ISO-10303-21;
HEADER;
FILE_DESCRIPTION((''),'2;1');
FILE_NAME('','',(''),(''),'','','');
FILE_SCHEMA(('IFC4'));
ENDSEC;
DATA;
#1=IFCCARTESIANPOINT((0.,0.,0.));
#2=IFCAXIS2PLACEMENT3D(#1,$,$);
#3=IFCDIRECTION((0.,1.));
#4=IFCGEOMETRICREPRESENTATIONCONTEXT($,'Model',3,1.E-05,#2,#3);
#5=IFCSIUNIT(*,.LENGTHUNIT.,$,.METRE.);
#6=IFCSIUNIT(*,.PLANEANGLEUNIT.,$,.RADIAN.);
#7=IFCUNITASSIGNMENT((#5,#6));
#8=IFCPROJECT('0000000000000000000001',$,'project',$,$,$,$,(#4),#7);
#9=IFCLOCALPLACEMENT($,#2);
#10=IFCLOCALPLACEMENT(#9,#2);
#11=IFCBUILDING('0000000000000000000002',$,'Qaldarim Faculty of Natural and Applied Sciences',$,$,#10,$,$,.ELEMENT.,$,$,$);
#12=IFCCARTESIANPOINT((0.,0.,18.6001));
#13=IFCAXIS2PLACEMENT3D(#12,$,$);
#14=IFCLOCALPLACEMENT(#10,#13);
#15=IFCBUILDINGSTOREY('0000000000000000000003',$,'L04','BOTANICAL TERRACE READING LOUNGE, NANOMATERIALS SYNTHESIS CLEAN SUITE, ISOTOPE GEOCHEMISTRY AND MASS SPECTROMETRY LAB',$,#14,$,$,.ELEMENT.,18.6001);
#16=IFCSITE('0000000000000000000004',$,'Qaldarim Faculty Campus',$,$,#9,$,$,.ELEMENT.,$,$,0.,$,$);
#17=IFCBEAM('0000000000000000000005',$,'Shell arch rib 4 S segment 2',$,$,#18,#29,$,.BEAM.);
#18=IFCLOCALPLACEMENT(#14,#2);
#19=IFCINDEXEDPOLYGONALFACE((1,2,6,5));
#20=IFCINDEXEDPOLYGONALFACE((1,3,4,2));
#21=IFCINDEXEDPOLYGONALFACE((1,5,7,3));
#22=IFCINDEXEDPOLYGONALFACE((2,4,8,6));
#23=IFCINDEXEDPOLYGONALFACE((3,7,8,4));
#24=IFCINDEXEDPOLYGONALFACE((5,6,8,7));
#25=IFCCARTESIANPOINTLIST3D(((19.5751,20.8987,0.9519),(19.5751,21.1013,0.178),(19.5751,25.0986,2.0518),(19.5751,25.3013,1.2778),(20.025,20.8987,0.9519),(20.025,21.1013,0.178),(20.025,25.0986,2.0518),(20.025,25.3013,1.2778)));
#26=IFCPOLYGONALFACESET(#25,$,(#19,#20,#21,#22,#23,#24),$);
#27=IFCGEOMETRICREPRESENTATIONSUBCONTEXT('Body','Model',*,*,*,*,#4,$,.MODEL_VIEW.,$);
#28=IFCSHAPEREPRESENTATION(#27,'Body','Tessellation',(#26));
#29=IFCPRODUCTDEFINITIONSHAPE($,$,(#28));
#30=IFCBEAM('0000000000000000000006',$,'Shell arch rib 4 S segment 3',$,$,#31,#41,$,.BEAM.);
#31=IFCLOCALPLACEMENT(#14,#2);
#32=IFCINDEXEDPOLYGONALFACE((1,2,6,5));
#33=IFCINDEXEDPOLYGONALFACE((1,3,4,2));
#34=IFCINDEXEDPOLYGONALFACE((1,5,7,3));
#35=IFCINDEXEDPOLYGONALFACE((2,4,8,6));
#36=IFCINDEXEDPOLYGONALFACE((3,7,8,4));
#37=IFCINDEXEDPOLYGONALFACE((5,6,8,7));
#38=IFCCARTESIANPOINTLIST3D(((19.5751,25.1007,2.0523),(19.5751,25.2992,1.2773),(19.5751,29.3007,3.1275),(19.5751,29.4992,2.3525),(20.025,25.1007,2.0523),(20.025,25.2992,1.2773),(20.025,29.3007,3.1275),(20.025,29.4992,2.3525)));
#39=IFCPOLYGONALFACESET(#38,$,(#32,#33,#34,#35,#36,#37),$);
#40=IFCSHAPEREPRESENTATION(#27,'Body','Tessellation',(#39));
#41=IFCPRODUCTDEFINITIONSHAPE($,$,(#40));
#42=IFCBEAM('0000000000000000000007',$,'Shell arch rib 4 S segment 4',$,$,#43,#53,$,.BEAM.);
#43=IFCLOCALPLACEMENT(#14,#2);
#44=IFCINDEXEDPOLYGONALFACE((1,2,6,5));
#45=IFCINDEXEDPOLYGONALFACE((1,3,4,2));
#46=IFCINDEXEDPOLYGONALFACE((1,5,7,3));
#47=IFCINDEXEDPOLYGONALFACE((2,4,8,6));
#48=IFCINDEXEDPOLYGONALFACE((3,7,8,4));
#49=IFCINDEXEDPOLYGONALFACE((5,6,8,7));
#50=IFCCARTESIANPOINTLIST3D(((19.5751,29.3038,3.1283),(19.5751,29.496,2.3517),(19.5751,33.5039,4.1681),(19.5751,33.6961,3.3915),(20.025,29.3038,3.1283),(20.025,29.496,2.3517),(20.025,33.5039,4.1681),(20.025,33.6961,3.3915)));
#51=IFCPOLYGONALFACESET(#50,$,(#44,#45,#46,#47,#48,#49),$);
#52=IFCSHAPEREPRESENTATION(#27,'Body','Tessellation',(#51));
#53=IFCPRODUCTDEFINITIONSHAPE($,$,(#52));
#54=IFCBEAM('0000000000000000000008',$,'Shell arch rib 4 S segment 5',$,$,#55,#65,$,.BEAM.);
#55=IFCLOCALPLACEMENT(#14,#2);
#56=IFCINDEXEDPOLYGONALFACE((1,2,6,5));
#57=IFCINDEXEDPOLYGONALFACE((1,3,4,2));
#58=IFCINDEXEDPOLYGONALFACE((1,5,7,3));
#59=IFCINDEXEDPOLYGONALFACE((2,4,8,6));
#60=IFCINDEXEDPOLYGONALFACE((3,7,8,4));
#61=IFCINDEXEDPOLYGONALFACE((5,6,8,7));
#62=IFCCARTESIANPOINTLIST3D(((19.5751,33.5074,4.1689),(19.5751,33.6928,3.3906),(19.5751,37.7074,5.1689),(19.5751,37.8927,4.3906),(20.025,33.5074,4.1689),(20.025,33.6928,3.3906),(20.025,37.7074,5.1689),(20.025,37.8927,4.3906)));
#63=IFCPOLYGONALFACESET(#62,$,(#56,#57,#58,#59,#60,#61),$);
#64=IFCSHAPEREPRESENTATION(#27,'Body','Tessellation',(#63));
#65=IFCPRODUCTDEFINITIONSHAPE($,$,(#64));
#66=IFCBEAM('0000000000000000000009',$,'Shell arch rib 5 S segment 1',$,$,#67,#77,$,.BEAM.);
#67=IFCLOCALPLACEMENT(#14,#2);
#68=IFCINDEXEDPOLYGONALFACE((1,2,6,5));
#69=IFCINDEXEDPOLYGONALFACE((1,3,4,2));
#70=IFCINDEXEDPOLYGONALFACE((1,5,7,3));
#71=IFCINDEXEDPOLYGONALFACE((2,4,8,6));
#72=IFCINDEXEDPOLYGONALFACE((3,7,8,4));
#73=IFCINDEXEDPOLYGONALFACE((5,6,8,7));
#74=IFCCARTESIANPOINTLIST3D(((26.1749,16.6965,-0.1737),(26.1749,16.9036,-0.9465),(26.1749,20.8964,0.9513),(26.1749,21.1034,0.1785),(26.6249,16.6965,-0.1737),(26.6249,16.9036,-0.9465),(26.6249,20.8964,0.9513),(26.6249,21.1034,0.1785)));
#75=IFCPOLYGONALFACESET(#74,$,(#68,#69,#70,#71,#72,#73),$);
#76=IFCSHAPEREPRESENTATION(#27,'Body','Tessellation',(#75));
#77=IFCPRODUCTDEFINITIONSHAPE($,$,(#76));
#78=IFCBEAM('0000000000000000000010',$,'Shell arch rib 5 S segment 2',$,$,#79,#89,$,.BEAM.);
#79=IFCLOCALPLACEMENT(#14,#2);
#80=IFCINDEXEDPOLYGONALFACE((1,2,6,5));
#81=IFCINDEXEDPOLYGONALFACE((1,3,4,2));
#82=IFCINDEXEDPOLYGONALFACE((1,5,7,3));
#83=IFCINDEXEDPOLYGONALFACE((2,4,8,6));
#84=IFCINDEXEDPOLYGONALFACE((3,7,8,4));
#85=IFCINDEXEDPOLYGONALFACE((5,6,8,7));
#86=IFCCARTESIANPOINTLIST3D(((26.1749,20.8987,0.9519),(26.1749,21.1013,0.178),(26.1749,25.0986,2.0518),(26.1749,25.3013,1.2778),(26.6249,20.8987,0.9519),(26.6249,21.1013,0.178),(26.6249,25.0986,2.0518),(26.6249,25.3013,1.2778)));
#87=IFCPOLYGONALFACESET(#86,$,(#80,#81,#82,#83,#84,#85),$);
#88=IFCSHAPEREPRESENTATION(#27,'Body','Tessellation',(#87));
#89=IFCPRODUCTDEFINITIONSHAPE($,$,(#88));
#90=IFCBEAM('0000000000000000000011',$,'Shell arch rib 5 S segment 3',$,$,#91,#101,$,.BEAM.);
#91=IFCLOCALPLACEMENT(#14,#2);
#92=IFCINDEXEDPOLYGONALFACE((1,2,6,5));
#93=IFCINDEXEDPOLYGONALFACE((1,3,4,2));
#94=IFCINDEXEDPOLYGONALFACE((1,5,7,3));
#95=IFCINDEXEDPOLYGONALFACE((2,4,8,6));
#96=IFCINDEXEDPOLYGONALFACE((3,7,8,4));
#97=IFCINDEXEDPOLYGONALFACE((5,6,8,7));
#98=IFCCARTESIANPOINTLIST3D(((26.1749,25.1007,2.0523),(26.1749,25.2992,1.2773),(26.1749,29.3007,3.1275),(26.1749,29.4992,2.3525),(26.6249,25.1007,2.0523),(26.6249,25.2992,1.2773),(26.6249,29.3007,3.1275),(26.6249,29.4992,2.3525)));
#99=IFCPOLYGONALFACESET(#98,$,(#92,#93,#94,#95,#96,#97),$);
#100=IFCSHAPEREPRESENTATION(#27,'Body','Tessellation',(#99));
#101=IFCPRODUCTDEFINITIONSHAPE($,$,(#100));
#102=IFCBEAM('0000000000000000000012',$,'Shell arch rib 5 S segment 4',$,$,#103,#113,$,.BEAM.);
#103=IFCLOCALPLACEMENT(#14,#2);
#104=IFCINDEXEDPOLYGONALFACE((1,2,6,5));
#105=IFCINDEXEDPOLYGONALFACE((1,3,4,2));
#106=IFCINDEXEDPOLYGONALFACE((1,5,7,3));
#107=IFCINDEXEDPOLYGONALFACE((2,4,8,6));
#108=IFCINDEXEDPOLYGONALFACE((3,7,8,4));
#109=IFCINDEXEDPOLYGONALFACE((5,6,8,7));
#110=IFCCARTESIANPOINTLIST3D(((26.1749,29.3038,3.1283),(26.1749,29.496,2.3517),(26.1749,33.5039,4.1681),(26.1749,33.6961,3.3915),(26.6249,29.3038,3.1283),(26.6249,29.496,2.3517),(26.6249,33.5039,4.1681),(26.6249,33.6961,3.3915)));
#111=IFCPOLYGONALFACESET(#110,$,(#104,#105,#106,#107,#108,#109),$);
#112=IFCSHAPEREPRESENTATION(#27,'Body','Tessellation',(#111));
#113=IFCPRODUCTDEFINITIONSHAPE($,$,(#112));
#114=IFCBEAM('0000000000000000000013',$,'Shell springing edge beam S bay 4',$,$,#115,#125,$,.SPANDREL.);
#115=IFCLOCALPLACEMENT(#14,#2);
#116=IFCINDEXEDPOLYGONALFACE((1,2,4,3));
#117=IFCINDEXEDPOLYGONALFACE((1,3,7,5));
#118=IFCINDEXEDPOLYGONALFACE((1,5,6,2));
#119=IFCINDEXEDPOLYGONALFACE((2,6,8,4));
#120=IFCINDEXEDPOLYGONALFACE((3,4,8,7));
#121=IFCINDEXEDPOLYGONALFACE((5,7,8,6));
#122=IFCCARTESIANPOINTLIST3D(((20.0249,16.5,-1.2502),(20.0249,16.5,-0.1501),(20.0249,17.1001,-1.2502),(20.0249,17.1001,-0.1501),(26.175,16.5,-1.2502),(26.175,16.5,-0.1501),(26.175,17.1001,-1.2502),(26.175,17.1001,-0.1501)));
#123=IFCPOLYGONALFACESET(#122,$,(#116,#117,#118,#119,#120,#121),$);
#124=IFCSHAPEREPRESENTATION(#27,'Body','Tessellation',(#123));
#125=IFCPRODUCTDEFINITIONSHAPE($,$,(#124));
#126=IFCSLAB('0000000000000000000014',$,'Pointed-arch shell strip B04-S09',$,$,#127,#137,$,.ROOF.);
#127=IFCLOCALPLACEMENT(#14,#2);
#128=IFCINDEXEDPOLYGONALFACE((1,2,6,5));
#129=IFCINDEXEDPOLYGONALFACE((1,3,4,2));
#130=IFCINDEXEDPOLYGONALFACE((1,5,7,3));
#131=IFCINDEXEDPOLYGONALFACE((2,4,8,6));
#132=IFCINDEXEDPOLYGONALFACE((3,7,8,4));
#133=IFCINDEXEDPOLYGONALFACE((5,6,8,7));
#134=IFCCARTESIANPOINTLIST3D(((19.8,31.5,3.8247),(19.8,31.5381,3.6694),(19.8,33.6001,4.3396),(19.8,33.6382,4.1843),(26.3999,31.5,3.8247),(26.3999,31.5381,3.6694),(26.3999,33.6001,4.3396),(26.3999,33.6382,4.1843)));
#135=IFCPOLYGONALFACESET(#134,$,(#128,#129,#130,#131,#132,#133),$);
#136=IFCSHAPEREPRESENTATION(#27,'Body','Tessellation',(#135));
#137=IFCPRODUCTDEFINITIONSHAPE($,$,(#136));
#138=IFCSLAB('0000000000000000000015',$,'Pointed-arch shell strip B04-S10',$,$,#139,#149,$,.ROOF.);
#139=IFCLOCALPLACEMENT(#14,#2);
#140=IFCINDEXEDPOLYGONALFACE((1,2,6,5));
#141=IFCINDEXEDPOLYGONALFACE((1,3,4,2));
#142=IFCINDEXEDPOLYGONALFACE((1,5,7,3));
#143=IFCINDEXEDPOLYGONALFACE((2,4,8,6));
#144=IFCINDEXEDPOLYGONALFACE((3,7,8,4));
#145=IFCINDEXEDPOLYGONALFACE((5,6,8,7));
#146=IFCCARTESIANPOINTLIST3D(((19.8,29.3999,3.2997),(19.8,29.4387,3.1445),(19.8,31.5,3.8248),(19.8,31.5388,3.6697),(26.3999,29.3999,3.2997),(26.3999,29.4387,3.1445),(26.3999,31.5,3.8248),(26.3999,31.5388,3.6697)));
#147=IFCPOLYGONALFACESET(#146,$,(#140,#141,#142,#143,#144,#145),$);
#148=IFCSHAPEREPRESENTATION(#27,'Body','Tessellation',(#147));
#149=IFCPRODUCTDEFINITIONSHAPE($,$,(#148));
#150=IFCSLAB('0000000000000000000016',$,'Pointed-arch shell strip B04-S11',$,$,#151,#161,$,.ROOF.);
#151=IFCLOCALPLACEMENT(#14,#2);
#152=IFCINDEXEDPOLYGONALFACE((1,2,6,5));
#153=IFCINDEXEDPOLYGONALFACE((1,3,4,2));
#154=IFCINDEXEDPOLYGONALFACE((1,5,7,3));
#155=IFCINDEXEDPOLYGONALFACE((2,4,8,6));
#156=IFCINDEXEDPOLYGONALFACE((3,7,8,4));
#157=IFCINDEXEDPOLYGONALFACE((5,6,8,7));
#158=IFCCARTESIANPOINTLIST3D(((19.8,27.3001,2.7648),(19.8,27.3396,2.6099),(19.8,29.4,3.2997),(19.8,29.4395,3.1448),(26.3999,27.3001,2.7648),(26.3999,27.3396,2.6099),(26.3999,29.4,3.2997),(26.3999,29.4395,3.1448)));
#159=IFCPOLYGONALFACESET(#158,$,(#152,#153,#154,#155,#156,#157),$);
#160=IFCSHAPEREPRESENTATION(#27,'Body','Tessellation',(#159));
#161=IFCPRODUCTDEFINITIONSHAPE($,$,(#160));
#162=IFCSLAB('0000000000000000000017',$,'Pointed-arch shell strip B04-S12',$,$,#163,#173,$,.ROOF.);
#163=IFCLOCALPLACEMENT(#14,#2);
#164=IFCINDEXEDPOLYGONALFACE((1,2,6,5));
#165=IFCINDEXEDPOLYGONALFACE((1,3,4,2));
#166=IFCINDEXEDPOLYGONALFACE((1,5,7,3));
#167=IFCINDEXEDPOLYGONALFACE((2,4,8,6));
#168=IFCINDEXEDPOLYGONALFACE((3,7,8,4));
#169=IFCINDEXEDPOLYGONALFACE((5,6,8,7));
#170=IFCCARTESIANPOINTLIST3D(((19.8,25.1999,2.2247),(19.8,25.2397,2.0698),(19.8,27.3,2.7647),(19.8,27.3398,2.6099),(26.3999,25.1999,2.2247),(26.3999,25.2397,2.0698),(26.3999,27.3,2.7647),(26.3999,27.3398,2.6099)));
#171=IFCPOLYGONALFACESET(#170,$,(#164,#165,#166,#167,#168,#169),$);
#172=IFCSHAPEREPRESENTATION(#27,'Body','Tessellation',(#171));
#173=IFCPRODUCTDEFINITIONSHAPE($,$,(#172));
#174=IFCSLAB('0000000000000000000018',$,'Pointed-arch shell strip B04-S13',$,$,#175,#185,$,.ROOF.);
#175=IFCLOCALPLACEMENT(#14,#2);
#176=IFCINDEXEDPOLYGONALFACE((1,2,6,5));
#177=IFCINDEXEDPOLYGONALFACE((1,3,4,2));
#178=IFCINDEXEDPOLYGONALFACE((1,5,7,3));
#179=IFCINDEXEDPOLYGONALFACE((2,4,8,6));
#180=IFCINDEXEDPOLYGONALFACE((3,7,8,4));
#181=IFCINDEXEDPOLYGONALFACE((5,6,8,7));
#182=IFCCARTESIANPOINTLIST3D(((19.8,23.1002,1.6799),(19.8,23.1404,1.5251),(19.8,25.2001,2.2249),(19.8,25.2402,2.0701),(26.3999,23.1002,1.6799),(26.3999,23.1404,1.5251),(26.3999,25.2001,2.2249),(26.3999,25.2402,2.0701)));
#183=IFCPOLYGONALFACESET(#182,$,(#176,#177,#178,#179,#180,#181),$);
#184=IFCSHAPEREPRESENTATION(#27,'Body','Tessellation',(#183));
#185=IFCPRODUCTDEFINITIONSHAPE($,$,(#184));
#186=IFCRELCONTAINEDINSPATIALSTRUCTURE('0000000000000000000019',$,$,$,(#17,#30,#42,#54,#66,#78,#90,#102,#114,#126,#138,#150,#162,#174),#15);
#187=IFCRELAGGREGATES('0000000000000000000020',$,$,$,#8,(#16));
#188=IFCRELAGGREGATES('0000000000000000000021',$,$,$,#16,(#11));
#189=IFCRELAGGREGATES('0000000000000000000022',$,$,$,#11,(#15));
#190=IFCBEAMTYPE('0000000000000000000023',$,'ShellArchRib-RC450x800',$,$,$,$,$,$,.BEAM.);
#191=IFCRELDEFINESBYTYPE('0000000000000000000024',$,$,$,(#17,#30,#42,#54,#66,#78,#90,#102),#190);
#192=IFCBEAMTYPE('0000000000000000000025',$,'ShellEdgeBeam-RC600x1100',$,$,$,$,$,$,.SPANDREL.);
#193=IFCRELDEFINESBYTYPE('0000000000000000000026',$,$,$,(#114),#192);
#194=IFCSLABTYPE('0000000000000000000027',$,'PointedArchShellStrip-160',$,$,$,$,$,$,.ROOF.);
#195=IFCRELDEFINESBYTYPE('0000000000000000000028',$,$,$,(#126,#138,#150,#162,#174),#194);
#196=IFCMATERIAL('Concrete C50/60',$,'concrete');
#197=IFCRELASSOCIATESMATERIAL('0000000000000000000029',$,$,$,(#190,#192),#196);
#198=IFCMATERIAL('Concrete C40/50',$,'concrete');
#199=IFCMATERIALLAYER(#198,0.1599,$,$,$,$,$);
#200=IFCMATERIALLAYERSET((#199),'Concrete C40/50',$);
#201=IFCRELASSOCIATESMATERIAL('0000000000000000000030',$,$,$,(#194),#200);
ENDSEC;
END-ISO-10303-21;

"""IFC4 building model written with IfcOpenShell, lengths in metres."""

from ifc_helpers import new_model, si_unit, direction, frame, origin, origin_2d, place, context, subcontext, project, spatial, polyline, rectangle, outline, extrude, material, layer, layer_set, material_profile, profile_set, type_object, element, save


model = new_model("IFC4")

# Units and contexts
model_context = context("Model", 3, precision=1e-05, world=origin(), true_north=direction((0.0, 1.0)))
body_context = subcontext(model_context, "Body", "Model", "MODEL_VIEW")
ifc_project = project(units=[si_unit("LENGTHUNIT", "METRE"), si_unit("PLANEANGLEUNIT", "RADIAN")], contexts=[model_context])

# Site, building, storey
site_placement = place(None, origin())
site = spatial("IfcSite", under=ifc_project, at=site_placement, Name="Qaldarim Faculty Campus", CompositionType="ELEMENT", RefElevation=0.0)
building_placement = place(site_placement, origin())
building = spatial("IfcBuilding", under=site, at=building_placement, Name="Qaldarim Faculty of Natural and Applied Sciences", CompositionType="ELEMENT")
storey_placement = place(building_placement, frame((0.0, 0.0, 18.6001)))
storey = spatial("IfcBuildingStorey", under=building, at=storey_placement, Name="L04", Description="BOTANICAL TERRACE READING LOUNGE, NANOMATERIALS SYNTHESIS CLEAN SUITE, ISOTOPE GEOCHEMISTRY AND MASS SPECTROMETRY LAB", CompositionType="ELEMENT", Elevation=18.6001)

# Beams
ifc_material_1 = material(Name="Concrete C50/60", Category="concrete")
ifc_material_profile_1 = material_profile(ifc_material_1, rectangle(XDim=0.45, YDim=0.8, at=origin_2d()), Name="RC-RIB450x800")
ifc_profile_set_1 = profile_set([ifc_material_profile_1], Name="Concrete C50/60")
beam_type_1 = type_object("IfcBeamType", Name="ShellArchRib-RC450x800", PredefinedType="BEAM", material=ifc_profile_set_1)
beam_1_placement = place(storey_placement, frame((19.8, 21.0, 0.5649), z_axis=(0.0, 0.96738, 0.253331), x_axis=(-1.0, 0.0, 0.0)))
element("IfcBeam", 1, at=beam_1_placement, inside=storey, type_object=beam_type_1, Name="Shell arch rib 4 S segment 2", PredefinedType="BEAM", context=body_context, shape_type="SweptSolid", body=[
    extrude(rectangle(XDim=0.45, YDim=0.8, at=origin_2d()), origin(), (0.0, 0.0, 1.0), 4.3416),
])
beam_2_placement = place(storey_placement, frame((19.8, 25.2, 1.6648), z_axis=(0.0, 0.968759, 0.248004), x_axis=(-1.0, 0.0, 0.0)))
element("IfcBeam", 2, at=beam_2_placement, inside=storey, type_object=beam_type_1, Name="Shell arch rib 4 S segment 3", PredefinedType="BEAM", context=body_context, shape_type="SweptSolid", body=[
    extrude(rectangle(XDim=0.45, YDim=0.8, at=origin_2d()), origin(), (0.0, 0.0, 1.0), 4.3354),
])
beam_3_placement = place(storey_placement, frame((19.8, 29.3999, 2.74), z_axis=(0.0, 0.970698, 0.240305), x_axis=(-1.0, 0.0, 0.0)))
element("IfcBeam", 3, at=beam_3_placement, inside=storey, type_object=beam_type_1, Name="Shell arch rib 4 S segment 4", PredefinedType="BEAM", context=body_context, shape_type="SweptSolid", body=[
    extrude(rectangle(XDim=0.45, YDim=0.8, at=origin_2d()), origin(), (0.0, 0.0, 1.0), 4.3269),
])
beam_4_placement = place(storey_placement, frame((19.8, 33.6001, 3.7798), z_axis=(0.0, 0.972806, 0.231623), x_axis=(-1.0, 0.0, 0.0)))
element("IfcBeam", 4, at=beam_4_placement, inside=storey, type_object=beam_type_1, Name="Shell arch rib 4 S segment 5", PredefinedType="BEAM", context=body_context, shape_type="SweptSolid", body=[
    extrude(rectangle(XDim=0.45, YDim=0.8, at=origin_2d()), origin(), (0.0, 0.0, 1.0), 4.3174),
])
beam_5_placement = place(storey_placement, frame((26.3999, 16.8, -0.5601), z_axis=(0.0, 0.965947, 0.258739), x_axis=(-1.0, 0.0, 0.0)))
element("IfcBeam", 5, at=beam_5_placement, inside=storey, type_object=beam_type_1, Name="Shell arch rib 5 S segment 1", PredefinedType="BEAM", context=body_context, shape_type="SweptSolid", body=[
    extrude(rectangle(XDim=0.45, YDim=0.8, at=origin_2d()), origin(), (0.0, 0.0, 1.0), 4.3479),
])
beam_6_placement = place(storey_placement, frame((26.3999, 21.0, 0.5649), z_axis=(0.0, 0.96738, 0.253331), x_axis=(-1.0, 0.0, 0.0)))
element("IfcBeam", 6, at=beam_6_placement, inside=storey, type_object=beam_type_1, Name="Shell arch rib 5 S segment 2", PredefinedType="BEAM", context=body_context, shape_type="SweptSolid", body=[
    extrude(rectangle(XDim=0.45, YDim=0.8, at=origin_2d()), origin(), (0.0, 0.0, 1.0), 4.3416),
])
beam_7_placement = place(storey_placement, frame((26.3999, 25.2, 1.6648), z_axis=(0.0, 0.968759, 0.248004), x_axis=(-1.0, 0.0, 0.0)))
element("IfcBeam", 7, at=beam_7_placement, inside=storey, type_object=beam_type_1, Name="Shell arch rib 5 S segment 3", PredefinedType="BEAM", context=body_context, shape_type="SweptSolid", body=[
    extrude(rectangle(XDim=0.45, YDim=0.8, at=origin_2d()), origin(), (0.0, 0.0, 1.0), 4.3354),
])
beam_8_placement = place(storey_placement, frame((26.3999, 29.3999, 2.74), z_axis=(0.0, 0.970698, 0.240305), x_axis=(-1.0, 0.0, 0.0)))
element("IfcBeam", 8, at=beam_8_placement, inside=storey, type_object=beam_type_1, Name="Shell arch rib 5 S segment 4", PredefinedType="BEAM", context=body_context, shape_type="SweptSolid", body=[
    extrude(rectangle(XDim=0.45, YDim=0.8, at=origin_2d()), origin(), (0.0, 0.0, 1.0), 4.3269),
])
ifc_material_profile_2 = material_profile(ifc_material_1, rectangle(XDim=0.6001, YDim=1.1001, at=origin_2d()), Name="RC-EB600x1100")
ifc_profile_set_2 = profile_set([ifc_material_profile_2], Name="Concrete C50/60")
beam_type_2 = type_object("IfcBeamType", Name="ShellEdgeBeam-RC600x1100", PredefinedType="SPANDREL", material=ifc_profile_set_2)
beam_9_placement = place(storey_placement, frame((20.0249, 16.8, -0.7002), z_axis=(1.0, 0.0, 0.0), x_axis=(0.0, 1.0, 0.0)))
element("IfcBeam", 9, at=beam_9_placement, inside=storey, type_object=beam_type_2, Name="Shell springing edge beam S bay 4", PredefinedType="SPANDREL", context=body_context, shape_type="SweptSolid", body=[
    extrude(rectangle(XDim=0.6001, YDim=1.1001, at=origin_2d()), origin(), (0.0, 0.0, 1.0), 6.1501),
])

# Slabs
ifc_material_2 = material(Name="Concrete C40/50", Category="concrete")
ifc_layer = layer(ifc_material_2, 0.1599)
ifc_layer_set = layer_set([ifc_layer], Name="Concrete C40/50")
slab_type = type_object("IfcSlabType", Name="PointedArchShellStrip-160", PredefinedType="ROOF", material=ifc_layer_set)
slab_1_placement = place(storey_placement, frame((19.8, 31.5381, 3.6694), z_axis=(0.0, -0.238123, 0.971235), x_axis=(1.0, 0.0, 0.0)))
element("IfcSlab", 10, at=slab_1_placement, inside=storey, type_object=slab_type, Name="Pointed-arch shell strip B04-S09", PredefinedType="ROOF", context=body_context, shape_type="SweptSolid", body=[
    extrude(outline(polyline([(0.0, 0.0), (6.5999, 0.0), (6.5999, 2.1623), (0.0, 2.1623), (0.0, 0.0)])), origin(), (0.0, 0.0, 1.0), 0.1599),
])
slab_2_placement = place(storey_placement, frame((19.8, 29.4387, 3.1445), z_axis=(0.0, -0.242589, 0.970129), x_axis=(1.0, 0.0, 0.0)))
element("IfcSlab", 11, at=slab_2_placement, inside=storey, type_object=slab_type, Name="Pointed-arch shell strip B04-S10", PredefinedType="ROOF", context=body_context, shape_type="SweptSolid", body=[
    extrude(outline(polyline([(0.0, 0.0), (6.5999, 0.0), (6.5999, 2.1648), (0.0, 2.1648), (0.0, 0.0)])), origin(), (0.0, 0.0, 1.0), 0.1599),
])
slab_3_placement = place(storey_placement, frame((19.8, 27.3396, 2.6099), z_axis=(0.0, -0.246854, 0.969053), x_axis=(1.0, 0.0, 0.0)))
element("IfcSlab", 12, at=slab_3_placement, inside=storey, type_object=slab_type, Name="Pointed-arch shell strip B04-S11", PredefinedType="ROOF", context=body_context, shape_type="SweptSolid", body=[
    extrude(outline(polyline([(0.0, 0.0), (6.5999, 0.0), (6.5999, 2.1669), (0.0, 2.1669), (0.0, 0.0)])), origin(), (0.0, 0.0, 1.0), 0.1599),
])
slab_4_placement = place(storey_placement, frame((19.8, 25.2397, 2.0698), z_axis=(0.0, -0.249047, 0.968491), x_axis=(1.0, 0.0, 0.0)))
element("IfcSlab", 13, at=slab_4_placement, inside=storey, type_object=slab_type, Name="Pointed-arch shell strip B04-S12", PredefinedType="ROOF", context=body_context, shape_type="SweptSolid", body=[
    extrude(outline(polyline([(0.0, 0.0), (6.5999, 0.0), (6.5999, 2.1684), (0.0, 2.1684), (0.0, 0.0)])), origin(), (0.0, 0.0, 1.0), 0.1599),
])
slab_5_placement = place(storey_placement, frame((19.8, 23.1404, 1.5251), z_axis=(0.0, -0.251185, 0.967939), x_axis=(1.0, 0.0, 0.0)))
element("IfcSlab", 14, at=slab_5_placement, inside=storey, type_object=slab_type, Name="Pointed-arch shell strip B04-S13", PredefinedType="ROOF", context=body_context, shape_type="SweptSolid", body=[
    extrude(outline(polyline([(0.0, 0.0), (6.5999, 0.0), (6.5999, 2.1694), (0.0, 2.1694), (0.0, 0.0)])), origin(), (0.0, 0.0, 1.0), 0.1599),
])

save(model, "model.ifc")
